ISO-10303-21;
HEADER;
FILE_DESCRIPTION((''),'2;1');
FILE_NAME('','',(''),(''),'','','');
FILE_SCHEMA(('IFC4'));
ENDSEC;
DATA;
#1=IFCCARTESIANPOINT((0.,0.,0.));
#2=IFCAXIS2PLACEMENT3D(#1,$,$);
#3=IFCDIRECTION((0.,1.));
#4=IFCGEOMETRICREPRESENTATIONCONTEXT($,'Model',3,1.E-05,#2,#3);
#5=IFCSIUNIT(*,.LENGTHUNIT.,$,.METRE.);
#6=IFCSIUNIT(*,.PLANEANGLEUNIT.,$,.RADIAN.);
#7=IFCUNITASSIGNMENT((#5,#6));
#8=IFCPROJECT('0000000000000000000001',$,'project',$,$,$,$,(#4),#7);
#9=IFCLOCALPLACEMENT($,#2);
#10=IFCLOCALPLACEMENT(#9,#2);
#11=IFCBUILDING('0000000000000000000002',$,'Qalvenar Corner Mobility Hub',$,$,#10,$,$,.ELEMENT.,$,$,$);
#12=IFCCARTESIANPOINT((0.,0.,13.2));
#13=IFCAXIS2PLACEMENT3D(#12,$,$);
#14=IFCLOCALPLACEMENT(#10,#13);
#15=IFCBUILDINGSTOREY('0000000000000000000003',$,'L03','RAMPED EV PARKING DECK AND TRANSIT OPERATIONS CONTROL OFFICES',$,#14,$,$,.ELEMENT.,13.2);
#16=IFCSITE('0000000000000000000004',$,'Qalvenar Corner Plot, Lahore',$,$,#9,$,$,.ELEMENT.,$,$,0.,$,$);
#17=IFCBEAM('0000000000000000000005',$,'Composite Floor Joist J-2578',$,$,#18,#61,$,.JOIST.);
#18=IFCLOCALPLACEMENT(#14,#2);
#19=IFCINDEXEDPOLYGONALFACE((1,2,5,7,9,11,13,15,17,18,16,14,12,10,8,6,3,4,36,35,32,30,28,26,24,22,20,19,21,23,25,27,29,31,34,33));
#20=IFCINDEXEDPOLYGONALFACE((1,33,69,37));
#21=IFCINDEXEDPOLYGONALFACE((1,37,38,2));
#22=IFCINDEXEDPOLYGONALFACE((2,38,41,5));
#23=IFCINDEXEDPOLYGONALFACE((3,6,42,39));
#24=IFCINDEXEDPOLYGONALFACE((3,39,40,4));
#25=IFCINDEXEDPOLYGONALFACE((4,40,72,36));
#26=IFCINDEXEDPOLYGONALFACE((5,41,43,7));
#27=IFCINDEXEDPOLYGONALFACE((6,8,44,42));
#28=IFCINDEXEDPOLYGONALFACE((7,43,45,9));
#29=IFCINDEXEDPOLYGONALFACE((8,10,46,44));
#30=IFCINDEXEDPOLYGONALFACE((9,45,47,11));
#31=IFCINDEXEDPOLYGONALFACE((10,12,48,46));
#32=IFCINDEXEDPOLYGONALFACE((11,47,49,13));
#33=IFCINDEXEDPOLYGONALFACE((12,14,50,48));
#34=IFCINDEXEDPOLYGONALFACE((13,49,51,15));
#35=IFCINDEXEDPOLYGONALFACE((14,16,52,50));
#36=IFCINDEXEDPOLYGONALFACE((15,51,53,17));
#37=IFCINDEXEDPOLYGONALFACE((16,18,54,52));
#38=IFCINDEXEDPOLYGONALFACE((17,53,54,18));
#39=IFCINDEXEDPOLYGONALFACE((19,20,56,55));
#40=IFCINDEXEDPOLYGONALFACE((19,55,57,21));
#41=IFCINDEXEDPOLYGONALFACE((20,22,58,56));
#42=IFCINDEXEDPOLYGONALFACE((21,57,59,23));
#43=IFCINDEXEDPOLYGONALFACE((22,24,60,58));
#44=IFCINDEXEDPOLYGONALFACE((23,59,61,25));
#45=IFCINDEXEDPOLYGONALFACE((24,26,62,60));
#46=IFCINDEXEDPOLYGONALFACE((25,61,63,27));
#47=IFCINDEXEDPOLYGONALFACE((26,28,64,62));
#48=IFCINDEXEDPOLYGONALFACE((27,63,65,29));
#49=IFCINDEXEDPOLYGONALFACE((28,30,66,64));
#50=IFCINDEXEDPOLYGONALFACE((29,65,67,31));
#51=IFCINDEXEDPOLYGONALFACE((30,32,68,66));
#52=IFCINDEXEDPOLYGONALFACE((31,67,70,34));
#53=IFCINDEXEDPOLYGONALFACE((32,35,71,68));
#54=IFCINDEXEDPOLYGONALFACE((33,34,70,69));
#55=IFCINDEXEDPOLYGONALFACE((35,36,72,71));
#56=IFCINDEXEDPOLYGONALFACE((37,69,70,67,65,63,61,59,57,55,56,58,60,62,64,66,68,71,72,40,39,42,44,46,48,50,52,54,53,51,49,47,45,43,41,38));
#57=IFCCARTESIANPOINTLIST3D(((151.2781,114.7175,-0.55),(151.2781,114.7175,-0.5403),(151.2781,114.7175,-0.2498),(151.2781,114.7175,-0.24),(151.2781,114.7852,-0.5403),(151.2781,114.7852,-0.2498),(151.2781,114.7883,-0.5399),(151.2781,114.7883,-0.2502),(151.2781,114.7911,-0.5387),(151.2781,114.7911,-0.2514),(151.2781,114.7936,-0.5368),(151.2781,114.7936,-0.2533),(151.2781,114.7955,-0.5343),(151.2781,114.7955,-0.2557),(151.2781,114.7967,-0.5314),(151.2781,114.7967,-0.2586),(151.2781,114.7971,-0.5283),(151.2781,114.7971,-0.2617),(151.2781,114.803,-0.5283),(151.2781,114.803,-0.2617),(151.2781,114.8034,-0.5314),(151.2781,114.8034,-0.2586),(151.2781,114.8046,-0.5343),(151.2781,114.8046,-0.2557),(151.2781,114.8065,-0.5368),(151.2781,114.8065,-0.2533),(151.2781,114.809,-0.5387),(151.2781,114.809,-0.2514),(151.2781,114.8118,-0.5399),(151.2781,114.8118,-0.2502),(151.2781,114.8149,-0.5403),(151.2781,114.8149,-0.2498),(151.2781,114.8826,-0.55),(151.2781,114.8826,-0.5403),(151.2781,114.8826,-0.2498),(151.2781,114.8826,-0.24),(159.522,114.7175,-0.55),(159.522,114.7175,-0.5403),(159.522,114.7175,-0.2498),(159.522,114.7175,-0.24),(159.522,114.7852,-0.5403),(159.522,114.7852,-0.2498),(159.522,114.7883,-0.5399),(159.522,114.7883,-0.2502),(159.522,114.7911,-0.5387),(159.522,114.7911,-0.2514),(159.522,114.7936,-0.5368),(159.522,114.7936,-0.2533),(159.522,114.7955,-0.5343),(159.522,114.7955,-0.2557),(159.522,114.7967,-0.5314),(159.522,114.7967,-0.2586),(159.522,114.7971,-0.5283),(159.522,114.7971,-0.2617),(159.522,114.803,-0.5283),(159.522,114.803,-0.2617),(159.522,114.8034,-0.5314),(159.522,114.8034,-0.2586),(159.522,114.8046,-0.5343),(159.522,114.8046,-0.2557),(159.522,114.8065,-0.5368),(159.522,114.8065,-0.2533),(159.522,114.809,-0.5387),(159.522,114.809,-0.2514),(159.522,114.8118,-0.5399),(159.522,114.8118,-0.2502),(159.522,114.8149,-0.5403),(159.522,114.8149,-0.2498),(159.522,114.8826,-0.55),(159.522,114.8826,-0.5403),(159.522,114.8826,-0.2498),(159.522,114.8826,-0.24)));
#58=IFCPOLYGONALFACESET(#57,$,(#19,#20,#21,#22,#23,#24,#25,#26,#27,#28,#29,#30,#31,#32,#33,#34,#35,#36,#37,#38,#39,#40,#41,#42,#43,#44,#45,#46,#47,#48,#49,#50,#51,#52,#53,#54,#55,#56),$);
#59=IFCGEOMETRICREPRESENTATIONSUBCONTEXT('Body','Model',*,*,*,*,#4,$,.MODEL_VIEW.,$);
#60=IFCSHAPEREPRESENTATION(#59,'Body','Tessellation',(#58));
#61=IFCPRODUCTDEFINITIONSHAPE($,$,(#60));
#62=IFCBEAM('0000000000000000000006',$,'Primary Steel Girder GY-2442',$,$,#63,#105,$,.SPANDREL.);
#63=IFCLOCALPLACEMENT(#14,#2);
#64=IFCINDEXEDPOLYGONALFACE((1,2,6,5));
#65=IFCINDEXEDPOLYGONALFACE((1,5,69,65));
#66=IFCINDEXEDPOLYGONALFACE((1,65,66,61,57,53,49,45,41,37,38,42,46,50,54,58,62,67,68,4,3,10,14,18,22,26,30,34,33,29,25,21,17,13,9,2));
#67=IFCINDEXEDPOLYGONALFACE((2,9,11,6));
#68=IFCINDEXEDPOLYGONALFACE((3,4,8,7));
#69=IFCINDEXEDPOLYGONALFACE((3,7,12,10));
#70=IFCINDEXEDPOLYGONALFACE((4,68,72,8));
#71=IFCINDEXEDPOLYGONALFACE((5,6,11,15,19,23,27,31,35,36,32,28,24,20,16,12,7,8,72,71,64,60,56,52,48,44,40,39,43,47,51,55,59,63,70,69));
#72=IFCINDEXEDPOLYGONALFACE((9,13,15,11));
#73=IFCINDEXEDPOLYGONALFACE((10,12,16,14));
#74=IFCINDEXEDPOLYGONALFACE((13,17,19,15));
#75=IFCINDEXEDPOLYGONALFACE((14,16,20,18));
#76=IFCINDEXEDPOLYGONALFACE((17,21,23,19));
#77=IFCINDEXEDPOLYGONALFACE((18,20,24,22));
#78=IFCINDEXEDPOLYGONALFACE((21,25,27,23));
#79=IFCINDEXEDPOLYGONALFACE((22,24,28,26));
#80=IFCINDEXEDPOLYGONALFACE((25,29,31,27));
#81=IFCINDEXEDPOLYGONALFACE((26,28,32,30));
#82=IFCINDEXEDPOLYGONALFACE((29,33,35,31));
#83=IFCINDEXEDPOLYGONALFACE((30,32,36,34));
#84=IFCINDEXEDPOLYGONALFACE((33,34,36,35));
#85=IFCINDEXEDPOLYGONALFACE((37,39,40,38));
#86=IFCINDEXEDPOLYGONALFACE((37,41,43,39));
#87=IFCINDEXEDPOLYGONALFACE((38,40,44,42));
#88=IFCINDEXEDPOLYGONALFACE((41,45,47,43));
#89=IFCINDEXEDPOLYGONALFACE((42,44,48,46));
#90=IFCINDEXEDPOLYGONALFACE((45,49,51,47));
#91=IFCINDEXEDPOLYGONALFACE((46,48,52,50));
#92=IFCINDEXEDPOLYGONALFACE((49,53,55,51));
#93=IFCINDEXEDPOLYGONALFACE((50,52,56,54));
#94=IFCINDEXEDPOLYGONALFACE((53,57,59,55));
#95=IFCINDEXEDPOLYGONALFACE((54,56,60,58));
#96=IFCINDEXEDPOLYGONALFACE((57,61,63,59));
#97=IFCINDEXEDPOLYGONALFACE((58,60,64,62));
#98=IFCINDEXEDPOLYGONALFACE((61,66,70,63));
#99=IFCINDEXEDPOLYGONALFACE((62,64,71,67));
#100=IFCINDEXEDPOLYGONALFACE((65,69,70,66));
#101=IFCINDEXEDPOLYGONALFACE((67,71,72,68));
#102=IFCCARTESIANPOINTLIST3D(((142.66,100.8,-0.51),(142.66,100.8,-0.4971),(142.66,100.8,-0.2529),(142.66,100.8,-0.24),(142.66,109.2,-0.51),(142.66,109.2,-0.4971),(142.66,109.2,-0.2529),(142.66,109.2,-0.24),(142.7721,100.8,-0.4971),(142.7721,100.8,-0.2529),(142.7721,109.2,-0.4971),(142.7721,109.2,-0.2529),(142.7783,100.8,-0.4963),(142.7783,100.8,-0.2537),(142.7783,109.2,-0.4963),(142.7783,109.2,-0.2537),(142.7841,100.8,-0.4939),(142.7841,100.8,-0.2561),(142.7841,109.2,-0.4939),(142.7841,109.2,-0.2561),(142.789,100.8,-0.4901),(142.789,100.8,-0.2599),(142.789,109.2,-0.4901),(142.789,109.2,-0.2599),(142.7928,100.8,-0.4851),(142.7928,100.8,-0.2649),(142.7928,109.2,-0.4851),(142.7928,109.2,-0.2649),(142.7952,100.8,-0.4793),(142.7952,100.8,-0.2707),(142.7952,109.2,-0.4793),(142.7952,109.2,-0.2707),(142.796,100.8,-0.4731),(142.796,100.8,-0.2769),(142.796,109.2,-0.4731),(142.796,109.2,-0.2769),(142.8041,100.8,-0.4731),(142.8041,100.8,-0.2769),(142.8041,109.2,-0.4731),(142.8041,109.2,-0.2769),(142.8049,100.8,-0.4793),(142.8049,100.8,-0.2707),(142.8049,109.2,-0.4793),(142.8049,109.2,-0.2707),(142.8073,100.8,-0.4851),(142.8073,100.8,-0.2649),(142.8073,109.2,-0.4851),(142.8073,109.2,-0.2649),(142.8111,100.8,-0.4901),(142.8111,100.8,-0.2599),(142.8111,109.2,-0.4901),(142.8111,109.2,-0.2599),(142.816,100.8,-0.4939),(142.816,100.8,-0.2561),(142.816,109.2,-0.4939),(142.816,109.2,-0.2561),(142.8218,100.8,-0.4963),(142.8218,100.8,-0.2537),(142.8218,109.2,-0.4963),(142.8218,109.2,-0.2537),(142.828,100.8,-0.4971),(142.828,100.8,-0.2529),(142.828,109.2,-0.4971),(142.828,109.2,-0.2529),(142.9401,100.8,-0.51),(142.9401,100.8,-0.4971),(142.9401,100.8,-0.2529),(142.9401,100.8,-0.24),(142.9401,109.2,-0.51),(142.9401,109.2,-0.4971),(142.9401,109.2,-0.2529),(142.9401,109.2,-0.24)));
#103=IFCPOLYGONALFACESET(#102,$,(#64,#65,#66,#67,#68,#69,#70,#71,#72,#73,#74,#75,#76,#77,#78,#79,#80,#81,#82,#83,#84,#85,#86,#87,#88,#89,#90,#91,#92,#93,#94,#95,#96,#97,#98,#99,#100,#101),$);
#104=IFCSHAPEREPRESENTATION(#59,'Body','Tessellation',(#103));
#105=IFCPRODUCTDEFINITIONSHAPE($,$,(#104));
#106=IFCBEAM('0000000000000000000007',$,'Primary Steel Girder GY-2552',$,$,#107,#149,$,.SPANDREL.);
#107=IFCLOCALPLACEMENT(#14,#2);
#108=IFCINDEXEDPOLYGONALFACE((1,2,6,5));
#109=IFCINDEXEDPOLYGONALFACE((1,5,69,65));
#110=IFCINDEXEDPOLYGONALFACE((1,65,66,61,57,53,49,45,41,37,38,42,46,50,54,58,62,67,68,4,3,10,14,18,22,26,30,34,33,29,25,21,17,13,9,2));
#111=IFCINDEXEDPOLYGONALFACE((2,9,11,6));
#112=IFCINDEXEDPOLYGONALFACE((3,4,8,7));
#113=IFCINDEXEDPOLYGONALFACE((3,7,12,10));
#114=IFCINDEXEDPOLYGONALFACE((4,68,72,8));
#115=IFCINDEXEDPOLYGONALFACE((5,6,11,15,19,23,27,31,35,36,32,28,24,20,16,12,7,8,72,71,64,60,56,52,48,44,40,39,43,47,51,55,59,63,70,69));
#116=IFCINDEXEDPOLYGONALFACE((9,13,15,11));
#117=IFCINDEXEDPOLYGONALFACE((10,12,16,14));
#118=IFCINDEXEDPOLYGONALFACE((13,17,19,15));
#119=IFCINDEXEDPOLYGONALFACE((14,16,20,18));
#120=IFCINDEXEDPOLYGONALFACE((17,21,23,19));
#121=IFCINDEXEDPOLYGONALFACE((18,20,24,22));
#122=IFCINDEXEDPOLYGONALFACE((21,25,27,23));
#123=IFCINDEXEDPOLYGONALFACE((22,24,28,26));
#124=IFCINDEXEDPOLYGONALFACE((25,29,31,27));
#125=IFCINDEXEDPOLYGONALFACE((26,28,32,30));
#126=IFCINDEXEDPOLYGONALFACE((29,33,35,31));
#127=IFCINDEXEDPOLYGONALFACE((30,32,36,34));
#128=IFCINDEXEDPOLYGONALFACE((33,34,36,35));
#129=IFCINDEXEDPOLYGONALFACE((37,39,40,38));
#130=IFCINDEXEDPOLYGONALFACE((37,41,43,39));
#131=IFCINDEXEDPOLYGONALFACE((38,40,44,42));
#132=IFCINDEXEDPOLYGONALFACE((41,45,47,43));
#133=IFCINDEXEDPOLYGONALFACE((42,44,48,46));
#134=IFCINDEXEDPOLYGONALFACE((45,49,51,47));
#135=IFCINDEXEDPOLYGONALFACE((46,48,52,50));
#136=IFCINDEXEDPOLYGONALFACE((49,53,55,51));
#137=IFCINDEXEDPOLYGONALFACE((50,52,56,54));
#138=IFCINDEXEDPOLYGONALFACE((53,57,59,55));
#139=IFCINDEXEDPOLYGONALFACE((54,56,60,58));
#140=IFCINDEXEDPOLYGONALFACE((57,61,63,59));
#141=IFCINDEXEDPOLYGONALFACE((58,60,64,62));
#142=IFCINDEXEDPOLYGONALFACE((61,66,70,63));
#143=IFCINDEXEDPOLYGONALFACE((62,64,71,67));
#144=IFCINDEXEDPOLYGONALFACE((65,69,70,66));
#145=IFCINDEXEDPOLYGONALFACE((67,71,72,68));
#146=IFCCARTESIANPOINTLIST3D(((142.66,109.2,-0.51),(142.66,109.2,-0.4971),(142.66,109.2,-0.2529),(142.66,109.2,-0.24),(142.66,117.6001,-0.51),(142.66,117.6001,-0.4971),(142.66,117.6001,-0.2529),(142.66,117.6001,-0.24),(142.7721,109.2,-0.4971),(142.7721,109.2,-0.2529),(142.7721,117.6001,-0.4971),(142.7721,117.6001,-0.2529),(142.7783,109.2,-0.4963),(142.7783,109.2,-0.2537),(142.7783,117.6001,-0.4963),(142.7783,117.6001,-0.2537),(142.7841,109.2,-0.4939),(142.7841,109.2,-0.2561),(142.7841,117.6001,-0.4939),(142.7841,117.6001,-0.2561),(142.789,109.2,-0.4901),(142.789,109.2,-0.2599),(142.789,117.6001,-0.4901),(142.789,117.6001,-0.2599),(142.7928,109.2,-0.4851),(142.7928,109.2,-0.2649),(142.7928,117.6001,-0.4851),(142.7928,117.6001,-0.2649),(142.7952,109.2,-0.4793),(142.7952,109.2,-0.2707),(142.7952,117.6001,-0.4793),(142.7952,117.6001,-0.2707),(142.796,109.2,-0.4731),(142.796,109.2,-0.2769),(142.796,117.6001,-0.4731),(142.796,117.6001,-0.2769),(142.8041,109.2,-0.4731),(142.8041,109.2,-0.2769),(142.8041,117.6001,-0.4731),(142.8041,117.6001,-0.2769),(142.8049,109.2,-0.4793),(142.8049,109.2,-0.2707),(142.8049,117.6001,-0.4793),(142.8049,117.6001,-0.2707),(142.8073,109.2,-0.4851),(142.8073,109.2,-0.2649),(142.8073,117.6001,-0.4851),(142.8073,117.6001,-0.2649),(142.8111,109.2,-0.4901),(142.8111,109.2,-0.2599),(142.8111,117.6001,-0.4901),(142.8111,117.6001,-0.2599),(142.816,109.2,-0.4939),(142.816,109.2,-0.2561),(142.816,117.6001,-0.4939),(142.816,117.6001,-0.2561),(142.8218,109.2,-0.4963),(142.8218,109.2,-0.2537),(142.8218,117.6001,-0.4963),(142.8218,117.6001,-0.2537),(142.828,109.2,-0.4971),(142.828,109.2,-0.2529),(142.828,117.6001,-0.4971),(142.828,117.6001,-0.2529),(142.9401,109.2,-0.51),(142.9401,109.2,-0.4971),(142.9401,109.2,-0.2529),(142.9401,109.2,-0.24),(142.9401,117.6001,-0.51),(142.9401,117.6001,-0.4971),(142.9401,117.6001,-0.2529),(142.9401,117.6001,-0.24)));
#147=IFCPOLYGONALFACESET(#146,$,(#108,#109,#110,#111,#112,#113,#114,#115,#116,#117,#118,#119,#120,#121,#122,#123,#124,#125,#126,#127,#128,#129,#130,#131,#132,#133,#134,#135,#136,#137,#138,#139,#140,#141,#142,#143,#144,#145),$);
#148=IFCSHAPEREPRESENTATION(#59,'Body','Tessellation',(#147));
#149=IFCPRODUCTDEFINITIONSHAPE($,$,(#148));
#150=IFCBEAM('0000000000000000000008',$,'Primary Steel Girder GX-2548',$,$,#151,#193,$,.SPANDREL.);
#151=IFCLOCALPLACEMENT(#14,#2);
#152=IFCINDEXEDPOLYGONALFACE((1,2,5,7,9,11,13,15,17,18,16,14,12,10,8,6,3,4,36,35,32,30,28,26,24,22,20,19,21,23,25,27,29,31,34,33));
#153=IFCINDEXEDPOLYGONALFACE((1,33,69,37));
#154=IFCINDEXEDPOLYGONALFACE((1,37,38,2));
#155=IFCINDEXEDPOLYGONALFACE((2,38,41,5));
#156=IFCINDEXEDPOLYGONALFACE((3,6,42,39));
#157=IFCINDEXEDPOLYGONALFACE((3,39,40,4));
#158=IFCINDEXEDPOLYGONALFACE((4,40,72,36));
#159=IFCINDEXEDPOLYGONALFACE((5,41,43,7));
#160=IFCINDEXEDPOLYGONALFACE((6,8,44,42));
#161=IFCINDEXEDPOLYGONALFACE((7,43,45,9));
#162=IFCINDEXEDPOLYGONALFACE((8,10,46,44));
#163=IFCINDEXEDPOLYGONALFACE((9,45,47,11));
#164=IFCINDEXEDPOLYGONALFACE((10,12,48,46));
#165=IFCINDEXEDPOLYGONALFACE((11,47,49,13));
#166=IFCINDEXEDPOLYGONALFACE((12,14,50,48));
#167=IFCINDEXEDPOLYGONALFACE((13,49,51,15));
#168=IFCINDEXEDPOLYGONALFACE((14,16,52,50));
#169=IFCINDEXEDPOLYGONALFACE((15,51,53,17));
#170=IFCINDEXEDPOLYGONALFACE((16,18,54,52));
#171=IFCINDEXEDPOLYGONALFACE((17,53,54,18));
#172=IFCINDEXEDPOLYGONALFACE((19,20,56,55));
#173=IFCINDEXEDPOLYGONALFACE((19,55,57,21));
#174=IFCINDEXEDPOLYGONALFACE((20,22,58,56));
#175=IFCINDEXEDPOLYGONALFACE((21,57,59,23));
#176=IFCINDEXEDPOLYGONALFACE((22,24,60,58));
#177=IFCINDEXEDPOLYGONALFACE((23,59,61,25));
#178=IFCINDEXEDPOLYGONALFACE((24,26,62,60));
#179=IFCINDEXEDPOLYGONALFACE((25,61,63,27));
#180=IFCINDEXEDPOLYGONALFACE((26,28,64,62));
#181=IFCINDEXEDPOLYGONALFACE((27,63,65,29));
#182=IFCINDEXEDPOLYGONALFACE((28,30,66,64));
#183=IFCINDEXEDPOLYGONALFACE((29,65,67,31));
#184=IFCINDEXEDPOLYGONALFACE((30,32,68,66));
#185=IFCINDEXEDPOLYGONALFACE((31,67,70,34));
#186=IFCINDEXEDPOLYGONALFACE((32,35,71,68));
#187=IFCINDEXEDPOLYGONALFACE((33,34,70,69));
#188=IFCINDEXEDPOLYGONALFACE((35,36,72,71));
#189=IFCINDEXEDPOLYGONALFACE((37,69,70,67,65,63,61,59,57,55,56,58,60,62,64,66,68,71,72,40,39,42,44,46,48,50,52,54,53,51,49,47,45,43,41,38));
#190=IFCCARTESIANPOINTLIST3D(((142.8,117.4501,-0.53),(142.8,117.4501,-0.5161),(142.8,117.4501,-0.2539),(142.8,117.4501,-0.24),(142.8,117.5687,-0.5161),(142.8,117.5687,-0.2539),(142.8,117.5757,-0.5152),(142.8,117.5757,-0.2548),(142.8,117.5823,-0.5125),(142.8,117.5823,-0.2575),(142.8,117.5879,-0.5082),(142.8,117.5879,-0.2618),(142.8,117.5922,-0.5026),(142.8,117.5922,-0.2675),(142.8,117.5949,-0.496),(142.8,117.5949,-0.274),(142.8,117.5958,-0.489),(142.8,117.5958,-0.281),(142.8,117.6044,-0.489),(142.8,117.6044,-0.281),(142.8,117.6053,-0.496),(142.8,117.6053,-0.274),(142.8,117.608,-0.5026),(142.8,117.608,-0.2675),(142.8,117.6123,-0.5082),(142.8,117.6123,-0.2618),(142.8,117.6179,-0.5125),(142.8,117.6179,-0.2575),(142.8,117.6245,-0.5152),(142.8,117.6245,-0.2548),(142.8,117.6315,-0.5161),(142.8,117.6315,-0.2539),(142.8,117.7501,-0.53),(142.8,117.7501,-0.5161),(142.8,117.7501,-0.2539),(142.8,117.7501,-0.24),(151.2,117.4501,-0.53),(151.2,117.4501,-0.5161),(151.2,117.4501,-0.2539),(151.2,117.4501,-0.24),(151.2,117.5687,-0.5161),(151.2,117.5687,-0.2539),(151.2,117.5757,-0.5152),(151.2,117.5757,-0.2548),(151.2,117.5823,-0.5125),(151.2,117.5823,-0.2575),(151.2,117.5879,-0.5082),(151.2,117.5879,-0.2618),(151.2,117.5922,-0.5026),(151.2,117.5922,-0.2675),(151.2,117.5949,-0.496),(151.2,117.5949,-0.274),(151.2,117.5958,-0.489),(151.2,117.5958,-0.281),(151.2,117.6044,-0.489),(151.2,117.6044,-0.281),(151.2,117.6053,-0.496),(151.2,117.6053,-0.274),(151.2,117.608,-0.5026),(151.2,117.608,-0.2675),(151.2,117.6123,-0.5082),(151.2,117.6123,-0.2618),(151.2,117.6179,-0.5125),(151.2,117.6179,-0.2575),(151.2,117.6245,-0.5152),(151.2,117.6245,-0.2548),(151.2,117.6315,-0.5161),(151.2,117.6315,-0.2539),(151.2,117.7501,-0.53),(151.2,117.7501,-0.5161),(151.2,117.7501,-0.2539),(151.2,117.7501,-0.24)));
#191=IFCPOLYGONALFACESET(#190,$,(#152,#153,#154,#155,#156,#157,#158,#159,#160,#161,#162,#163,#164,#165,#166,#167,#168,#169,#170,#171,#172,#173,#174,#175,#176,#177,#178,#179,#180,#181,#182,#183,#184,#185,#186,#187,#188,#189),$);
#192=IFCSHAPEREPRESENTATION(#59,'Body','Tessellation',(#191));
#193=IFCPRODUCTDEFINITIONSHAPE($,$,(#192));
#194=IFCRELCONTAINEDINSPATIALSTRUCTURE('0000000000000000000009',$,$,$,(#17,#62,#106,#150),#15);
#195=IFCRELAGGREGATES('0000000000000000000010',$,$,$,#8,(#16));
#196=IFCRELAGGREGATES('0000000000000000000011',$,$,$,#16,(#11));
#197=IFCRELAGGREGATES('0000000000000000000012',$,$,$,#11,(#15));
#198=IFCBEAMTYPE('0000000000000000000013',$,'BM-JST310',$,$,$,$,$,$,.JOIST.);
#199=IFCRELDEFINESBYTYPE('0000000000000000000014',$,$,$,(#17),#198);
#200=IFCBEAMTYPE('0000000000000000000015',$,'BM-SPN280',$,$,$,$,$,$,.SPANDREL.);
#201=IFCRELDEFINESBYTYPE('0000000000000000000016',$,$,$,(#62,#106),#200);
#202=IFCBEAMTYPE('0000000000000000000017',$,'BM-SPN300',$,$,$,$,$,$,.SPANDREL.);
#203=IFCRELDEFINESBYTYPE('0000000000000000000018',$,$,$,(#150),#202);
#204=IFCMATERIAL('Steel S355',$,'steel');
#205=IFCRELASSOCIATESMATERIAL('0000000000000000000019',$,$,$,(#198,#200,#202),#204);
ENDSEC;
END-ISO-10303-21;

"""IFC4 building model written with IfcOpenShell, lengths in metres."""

from ifc_helpers import new_model, si_unit, direction, frame, origin, origin_2d, place, context, subcontext, project, spatial, i_section, extrude, material, material_profile, profile_set, type_object, element, save


model = new_model("IFC4")

# Units and contexts
model_context = context("Model", 3, precision=1e-05, world=origin(), true_north=direction((0.0, 1.0)))
body_context = subcontext(model_context, "Body", "Model", "MODEL_VIEW")
ifc_project = project(units=[si_unit("LENGTHUNIT", "METRE"), si_unit("PLANEANGLEUNIT", "RADIAN")], contexts=[model_context])

# Site, building, storey
site_placement = place(None, origin())
site = spatial("IfcSite", under=ifc_project, at=site_placement, Name="Qalvenar Corner Plot, Lahore", CompositionType="ELEMENT", RefElevation=0.0)
building_placement = place(site_placement, origin())
building = spatial("IfcBuilding", under=site, at=building_placement, Name="Qalvenar Corner Mobility Hub", CompositionType="ELEMENT")
storey_placement = place(building_placement, frame((0.0, 0.0, 13.2)))
storey = spatial("IfcBuildingStorey", under=building, at=storey_placement, Name="L03", Description="RAMPED EV PARKING DECK AND TRANSIT OPERATIONS CONTROL OFFICES", CompositionType="ELEMENT", Elevation=13.2)

# Shared definitions
ifc_material_1 = material(Name="Steel S355", Category="steel")

# Beams
ifc_material_profile_1 = material_profile(ifc_material_1, i_section(OverallWidth=0.165, OverallDepth=0.3101, WebThickness=0.0059, FlangeThickness=0.0098, FilletRadius=0.012, at=origin_2d()), Name="W310x38.7")
ifc_profile_set_1 = profile_set([ifc_material_profile_1], Name="Steel S355")
beam_type_1 = type_object("IfcBeamType", Name="BM-JST310", PredefinedType="JOIST", material=ifc_profile_set_1)
for number, where, z_axis, x_axis, name in (
    (1, (151.2781, 114.8, -0.395), (1.0, 0.0, 0.0), (0.0, 1.0, 0.0), "Composite Floor Joist J-2578"),
):
    element("IfcBeam", number, at=place(storey_placement, frame(where, z_axis=z_axis, x_axis=x_axis)), inside=storey, type_object=beam_type_1, Name=name, PredefinedType="JOIST", context=body_context, shape_type="SweptSolid", body=[
        extrude(i_section(OverallWidth=0.165, OverallDepth=0.3101, WebThickness=0.0059, FlangeThickness=0.0098, FilletRadius=0.012, at=origin_2d()), origin(), (0.0, 0.0, 1.0), 8.2439),
    ])
ifc_material_profile_2 = material_profile(ifc_material_1, i_section(OverallWidth=0.28, OverallDepth=0.27, WebThickness=0.0081, FlangeThickness=0.0129, FilletRadius=0.0239, at=origin_2d()), Name="HEA280")
ifc_profile_set_2 = profile_set([ifc_material_profile_2], Name="Steel S355")
beam_type_2 = type_object("IfcBeamType", Name="BM-SPN280", PredefinedType="SPANDREL", material=ifc_profile_set_2)
beam_1_placement = place(storey_placement, frame((142.8, 100.8, -0.375), z_axis=(0.0, 1.0, 0.0), x_axis=(-1.0, 0.0, 0.0)))
element("IfcBeam", 2, at=beam_1_placement, inside=storey, type_object=beam_type_2, Name="Primary Steel Girder GY-2442", PredefinedType="SPANDREL", context=body_context, shape_type="SweptSolid", body=[
    extrude(i_section(OverallWidth=0.28, OverallDepth=0.27, WebThickness=0.0081, FlangeThickness=0.0129, FilletRadius=0.0239, at=origin_2d()), origin(), (0.0, 0.0, 1.0), 8.3999),
])
beam_2_placement = place(storey_placement, frame((142.8, 109.2, -0.375), z_axis=(0.0, 1.0, 0.0), x_axis=(-1.0, 0.0, 0.0)))
element("IfcBeam", 3, at=beam_2_placement, inside=storey, type_object=beam_type_2, Name="Primary Steel Girder GY-2552", PredefinedType="SPANDREL", context=body_context, shape_type="SweptSolid", body=[
    extrude(i_section(OverallWidth=0.28, OverallDepth=0.27, WebThickness=0.0081, FlangeThickness=0.0129, FilletRadius=0.0239, at=origin_2d()), origin(), (0.0, 0.0, 1.0), 8.4001),
])
ifc_material_profile_3 = material_profile(ifc_material_1, i_section(OverallWidth=0.3, OverallDepth=0.29, WebThickness=0.0085, FlangeThickness=0.0139, FilletRadius=0.0271, at=origin_2d()), Name="HEA300")
ifc_profile_set_3 = profile_set([ifc_material_profile_3], Name="Steel S355")
beam_type_3 = type_object("IfcBeamType", Name="BM-SPN300", PredefinedType="SPANDREL", material=ifc_profile_set_3)
beam_3_placement = place(storey_placement, frame((142.8, 117.6001, -0.385), z_axis=(1.0, 0.0, 0.0), x_axis=(0.0, 1.0, 0.0)))
element("IfcBeam", 4, at=beam_3_placement, inside=storey, type_object=beam_type_3, Name="Primary Steel Girder GX-2548", PredefinedType="SPANDREL", context=body_context, shape_type="SweptSolid", body=[
    extrude(i_section(OverallWidth=0.3, OverallDepth=0.29, WebThickness=0.0085, FlangeThickness=0.0139, FilletRadius=0.0271, at=origin_2d()), origin(), (0.0, 0.0, 1.0), 8.3999),
])

save(model, "model.ifc")
